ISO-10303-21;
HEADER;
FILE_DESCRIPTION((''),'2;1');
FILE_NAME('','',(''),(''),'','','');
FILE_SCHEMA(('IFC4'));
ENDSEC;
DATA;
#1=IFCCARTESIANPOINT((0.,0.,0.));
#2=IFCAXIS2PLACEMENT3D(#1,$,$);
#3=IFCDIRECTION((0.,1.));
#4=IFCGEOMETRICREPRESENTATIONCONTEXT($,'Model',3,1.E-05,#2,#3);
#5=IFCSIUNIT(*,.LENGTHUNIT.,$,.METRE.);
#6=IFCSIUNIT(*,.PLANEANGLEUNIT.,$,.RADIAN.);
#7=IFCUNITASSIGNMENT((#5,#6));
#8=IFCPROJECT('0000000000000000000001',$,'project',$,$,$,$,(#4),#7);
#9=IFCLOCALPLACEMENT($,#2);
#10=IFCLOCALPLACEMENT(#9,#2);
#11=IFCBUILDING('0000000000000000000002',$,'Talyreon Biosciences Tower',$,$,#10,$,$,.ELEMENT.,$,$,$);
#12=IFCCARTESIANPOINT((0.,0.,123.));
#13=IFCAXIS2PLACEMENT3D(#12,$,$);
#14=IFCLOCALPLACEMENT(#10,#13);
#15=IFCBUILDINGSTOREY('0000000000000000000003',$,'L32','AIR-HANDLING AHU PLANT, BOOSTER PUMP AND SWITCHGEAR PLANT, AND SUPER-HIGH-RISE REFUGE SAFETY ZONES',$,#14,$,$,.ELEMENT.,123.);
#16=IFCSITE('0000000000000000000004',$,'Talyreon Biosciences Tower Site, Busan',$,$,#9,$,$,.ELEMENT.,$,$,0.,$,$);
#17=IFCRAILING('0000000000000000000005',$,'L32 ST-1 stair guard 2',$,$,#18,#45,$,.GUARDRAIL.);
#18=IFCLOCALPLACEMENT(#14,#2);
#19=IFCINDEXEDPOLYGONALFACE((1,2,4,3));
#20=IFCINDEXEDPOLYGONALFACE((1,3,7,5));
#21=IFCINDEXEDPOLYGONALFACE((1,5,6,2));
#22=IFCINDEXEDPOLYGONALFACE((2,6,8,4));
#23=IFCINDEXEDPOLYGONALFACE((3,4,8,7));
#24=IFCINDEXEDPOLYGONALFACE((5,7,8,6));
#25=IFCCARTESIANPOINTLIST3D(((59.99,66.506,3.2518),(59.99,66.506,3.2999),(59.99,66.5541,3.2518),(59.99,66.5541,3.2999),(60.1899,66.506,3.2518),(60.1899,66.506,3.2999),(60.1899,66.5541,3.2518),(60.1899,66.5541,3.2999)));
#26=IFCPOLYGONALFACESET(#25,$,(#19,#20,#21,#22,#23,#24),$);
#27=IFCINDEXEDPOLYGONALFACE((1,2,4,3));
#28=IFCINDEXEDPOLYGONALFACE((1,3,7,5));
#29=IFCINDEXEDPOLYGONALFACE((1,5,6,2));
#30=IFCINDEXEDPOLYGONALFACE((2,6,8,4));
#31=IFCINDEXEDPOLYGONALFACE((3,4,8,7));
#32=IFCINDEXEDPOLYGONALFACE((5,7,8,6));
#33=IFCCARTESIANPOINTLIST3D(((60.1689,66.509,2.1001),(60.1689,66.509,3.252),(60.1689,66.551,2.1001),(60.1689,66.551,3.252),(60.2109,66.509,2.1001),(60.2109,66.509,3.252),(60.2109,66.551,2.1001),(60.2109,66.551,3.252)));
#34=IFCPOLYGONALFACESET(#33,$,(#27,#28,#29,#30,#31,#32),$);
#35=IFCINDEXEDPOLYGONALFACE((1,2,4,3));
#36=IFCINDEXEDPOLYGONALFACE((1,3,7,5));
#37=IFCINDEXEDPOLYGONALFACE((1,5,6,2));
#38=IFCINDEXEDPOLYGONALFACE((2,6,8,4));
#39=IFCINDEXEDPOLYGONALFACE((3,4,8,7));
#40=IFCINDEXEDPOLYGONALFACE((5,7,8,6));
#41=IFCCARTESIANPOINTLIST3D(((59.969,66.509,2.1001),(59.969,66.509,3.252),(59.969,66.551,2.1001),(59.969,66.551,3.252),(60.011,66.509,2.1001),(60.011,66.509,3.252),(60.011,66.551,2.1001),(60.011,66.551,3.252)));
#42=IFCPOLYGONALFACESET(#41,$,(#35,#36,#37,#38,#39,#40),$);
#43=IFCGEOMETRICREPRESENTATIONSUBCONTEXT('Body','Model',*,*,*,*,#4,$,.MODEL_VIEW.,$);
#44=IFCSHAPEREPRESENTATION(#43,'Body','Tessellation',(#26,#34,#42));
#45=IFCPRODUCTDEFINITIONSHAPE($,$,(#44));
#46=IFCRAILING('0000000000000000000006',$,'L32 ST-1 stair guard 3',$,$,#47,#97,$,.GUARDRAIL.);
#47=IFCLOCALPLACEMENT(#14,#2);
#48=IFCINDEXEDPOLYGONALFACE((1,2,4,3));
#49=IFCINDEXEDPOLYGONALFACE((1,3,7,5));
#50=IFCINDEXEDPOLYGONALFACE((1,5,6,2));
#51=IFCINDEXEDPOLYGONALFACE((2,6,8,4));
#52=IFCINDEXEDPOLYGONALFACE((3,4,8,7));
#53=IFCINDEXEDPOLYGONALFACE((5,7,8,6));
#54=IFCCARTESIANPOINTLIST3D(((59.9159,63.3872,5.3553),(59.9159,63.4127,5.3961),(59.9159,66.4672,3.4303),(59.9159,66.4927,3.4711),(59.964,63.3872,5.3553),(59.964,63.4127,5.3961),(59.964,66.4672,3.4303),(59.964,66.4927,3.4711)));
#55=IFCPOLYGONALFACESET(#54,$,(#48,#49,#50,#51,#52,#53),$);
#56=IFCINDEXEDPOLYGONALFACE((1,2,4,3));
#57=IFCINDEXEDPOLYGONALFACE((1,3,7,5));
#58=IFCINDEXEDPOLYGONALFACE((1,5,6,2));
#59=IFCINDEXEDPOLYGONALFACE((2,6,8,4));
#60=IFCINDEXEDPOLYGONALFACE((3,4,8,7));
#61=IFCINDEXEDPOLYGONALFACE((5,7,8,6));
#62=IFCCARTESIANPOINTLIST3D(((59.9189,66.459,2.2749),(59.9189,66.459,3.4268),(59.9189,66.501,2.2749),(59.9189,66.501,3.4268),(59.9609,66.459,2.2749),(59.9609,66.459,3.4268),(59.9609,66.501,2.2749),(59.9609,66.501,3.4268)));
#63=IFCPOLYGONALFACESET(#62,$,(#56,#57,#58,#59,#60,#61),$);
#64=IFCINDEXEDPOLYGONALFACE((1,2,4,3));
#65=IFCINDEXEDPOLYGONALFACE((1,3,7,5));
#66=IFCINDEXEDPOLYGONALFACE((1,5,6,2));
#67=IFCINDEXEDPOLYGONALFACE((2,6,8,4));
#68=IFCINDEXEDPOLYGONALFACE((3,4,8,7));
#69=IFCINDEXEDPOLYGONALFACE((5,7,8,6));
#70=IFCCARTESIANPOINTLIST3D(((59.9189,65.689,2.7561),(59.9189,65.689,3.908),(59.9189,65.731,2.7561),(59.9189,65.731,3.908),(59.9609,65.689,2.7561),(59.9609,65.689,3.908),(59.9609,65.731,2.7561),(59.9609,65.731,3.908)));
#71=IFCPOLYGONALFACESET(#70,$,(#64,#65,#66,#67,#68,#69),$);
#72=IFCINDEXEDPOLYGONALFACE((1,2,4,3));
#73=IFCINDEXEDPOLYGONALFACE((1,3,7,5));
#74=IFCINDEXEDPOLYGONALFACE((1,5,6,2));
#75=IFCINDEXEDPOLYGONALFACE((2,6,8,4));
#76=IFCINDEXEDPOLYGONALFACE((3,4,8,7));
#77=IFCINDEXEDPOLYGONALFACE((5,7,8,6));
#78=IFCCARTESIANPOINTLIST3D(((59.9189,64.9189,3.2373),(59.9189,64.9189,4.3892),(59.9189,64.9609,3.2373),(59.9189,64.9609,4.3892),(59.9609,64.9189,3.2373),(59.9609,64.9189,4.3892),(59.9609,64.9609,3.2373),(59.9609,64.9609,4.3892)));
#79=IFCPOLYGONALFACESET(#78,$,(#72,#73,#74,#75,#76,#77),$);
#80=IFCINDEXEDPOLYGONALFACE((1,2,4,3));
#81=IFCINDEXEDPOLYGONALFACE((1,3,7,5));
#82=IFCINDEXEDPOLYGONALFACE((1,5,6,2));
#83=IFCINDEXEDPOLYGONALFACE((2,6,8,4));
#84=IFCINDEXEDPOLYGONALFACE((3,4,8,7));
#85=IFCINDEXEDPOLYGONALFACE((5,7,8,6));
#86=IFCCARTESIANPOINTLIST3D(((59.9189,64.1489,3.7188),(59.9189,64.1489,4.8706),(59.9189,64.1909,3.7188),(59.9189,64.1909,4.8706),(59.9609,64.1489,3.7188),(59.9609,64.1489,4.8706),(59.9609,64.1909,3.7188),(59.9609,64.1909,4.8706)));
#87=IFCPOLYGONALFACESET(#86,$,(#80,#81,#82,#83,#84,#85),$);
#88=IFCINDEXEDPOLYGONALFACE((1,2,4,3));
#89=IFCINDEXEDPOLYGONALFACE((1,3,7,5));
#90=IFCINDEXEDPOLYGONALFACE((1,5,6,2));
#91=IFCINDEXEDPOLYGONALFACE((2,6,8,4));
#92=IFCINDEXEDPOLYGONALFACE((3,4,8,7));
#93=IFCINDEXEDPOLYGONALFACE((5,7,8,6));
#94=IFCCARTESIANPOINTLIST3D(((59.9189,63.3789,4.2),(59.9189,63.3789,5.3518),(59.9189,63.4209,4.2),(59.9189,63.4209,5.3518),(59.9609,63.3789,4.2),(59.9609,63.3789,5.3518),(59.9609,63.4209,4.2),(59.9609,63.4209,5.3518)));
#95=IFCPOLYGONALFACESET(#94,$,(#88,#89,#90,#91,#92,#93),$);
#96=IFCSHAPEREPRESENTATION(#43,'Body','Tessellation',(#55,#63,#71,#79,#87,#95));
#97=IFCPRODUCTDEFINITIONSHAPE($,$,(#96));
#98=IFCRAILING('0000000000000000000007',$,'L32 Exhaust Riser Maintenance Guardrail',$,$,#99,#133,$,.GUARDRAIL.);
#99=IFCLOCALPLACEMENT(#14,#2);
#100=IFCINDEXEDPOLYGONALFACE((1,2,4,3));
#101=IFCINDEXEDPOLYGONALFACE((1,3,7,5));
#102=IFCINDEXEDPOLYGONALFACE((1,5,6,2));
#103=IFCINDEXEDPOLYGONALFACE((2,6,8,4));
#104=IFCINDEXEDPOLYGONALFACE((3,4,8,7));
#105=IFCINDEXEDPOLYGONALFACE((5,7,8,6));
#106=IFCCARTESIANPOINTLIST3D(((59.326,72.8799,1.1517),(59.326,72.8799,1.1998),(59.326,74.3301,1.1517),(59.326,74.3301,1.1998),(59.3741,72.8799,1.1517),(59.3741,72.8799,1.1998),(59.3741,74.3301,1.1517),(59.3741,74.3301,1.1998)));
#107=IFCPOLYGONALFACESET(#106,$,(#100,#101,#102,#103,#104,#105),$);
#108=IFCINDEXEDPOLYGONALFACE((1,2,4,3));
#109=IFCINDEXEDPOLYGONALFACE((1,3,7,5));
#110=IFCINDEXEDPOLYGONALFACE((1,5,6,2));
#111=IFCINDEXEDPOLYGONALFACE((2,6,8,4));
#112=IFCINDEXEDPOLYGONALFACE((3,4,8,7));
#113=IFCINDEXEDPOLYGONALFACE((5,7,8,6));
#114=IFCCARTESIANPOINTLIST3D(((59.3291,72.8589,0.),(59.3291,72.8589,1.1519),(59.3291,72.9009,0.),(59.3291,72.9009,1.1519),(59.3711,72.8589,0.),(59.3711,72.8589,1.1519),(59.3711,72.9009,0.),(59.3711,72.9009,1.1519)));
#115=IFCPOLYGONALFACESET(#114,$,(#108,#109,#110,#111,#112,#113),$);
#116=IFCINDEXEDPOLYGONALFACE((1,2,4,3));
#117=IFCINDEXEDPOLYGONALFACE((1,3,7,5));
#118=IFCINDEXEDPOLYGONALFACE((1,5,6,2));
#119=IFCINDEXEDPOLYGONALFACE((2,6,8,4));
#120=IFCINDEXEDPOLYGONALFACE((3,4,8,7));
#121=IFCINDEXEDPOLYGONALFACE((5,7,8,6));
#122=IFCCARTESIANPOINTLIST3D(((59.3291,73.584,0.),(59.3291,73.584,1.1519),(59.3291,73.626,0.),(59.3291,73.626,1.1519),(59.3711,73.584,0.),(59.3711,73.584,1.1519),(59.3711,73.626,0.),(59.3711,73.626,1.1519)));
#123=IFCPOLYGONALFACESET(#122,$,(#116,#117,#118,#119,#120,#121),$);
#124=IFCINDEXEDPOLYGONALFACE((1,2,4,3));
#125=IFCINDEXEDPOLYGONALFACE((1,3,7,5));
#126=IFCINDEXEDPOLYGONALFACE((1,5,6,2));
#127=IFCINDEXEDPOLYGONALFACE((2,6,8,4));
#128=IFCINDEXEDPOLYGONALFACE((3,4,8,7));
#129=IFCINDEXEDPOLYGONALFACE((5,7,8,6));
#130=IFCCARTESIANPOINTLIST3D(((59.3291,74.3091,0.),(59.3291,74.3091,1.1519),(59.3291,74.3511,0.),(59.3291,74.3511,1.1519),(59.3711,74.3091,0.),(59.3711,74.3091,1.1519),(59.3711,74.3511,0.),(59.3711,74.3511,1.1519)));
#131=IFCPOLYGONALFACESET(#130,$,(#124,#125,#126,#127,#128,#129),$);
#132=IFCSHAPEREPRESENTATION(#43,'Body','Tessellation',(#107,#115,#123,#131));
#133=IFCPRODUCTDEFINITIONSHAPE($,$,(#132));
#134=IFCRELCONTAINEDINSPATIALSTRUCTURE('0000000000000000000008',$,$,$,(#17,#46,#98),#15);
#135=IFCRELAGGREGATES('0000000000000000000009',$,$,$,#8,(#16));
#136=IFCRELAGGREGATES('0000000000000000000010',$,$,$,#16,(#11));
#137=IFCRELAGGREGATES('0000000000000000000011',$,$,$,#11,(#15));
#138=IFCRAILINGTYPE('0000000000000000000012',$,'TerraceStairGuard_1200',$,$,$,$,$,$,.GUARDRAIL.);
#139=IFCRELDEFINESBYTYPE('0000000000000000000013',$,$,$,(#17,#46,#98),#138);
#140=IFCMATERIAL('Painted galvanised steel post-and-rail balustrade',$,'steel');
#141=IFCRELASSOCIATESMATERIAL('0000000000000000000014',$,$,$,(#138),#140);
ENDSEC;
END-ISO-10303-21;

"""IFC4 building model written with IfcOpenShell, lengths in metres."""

from ifc_helpers import new_model, si_unit, direction, frame, origin, origin_2d, place, context, subcontext, project, spatial, rectangle, extrude, material, type_object, element, save


model = new_model("IFC4")

# Units and contexts
model_context = context("Model", 3, precision=1e-05, world=origin(), true_north=direction((0.0, 1.0)))
body_context = subcontext(model_context, "Body", "Model", "MODEL_VIEW")
ifc_project = project(units=[si_unit("LENGTHUNIT", "METRE"), si_unit("PLANEANGLEUNIT", "RADIAN")], contexts=[model_context])

# Site, building, storey
site_placement = place(None, origin())
site = spatial("IfcSite", under=ifc_project, at=site_placement, Name="Talyreon Biosciences Tower Site, Busan", CompositionType="ELEMENT", RefElevation=0.0)
building_placement = place(site_placement, origin())
building = spatial("IfcBuilding", under=site, at=building_placement, Name="Talyreon Biosciences Tower", CompositionType="ELEMENT")
storey_placement = place(building_placement, frame((0.0, 0.0, 123.0)))
storey = spatial("IfcBuildingStorey", under=building, at=storey_placement, Name="L32", Description="AIR-HANDLING AHU PLANT, BOOSTER PUMP AND SWITCHGEAR PLANT, AND SUPER-HIGH-RISE REFUGE SAFETY ZONES", CompositionType="ELEMENT", Elevation=123.0)

# Railings
ifc_material_1 = material(Name="Painted galvanised steel post-and-rail balustrade", Category="steel")
railing_type = type_object("IfcRailingType", Name="TerraceStairGuard_1200", PredefinedType="GUARDRAIL", material=ifc_material_1)
railing_1_placement = place(storey_placement, frame((60.1899, 66.53, 2.1001)))
element("IfcRailing", 1, at=railing_1_placement, inside=storey, type_object=railing_type, Name="L32 ST-1 stair guard 2", PredefinedType="GUARDRAIL", context=body_context, shape_type="SweptSolid", body=[
    extrude(rectangle(XDim=0.0481, YDim=0.0481, at=origin_2d()), frame((0.0, 0.0, 1.1758), z_axis=(-1.0, 0.0, 0.0), x_axis=(0.0, -1.0, 0.0)), (0.0, 0.0, 1.0), 0.2),
    extrude(rectangle(XDim=0.042, YDim=0.042, at=origin_2d()), origin(), (0.0, 0.0, 1.0), 1.1519),
    extrude(rectangle(XDim=0.042, YDim=0.042, at=origin_2d()), frame((-0.2, 0.0, 0.0)), (0.0, 0.0, 1.0), 1.1519),
])
railing_2_placement = place(storey_placement, frame((59.9399, 66.48, 2.2749)))
element("IfcRailing", 2, at=railing_2_placement, inside=storey, type_object=railing_type, Name="L32 ST-1 stair guard 3", PredefinedType="GUARDRAIL", context=body_context, shape_type="SweptSolid", body=[
    extrude(rectangle(XDim=0.0481, YDim=0.0481, at=origin_2d()), frame((0.0, 0.0, 1.1758), z_axis=(0.0, -0.847998, 0.529999), x_axis=(1.0, 0.0, 0.0)), (0.0, 0.0, 1.0), 3.6321),
    extrude(rectangle(XDim=0.042, YDim=0.042, at=origin_2d()), origin(), (0.0, 0.0, 1.0), 1.1519),
    extrude(rectangle(XDim=0.042, YDim=0.042, at=origin_2d()), frame((0.0, -0.77, 0.4812)), (0.0, 0.0, 1.0), 1.1519),
    extrude(rectangle(XDim=0.042, YDim=0.042, at=origin_2d()), frame((0.0, -1.54, 0.9624)), (0.0, 0.0, 1.0), 1.1519),
    extrude(rectangle(XDim=0.042, YDim=0.042, at=origin_2d()), frame((0.0, -2.3101, 1.4438)), (0.0, 0.0, 1.0), 1.1519),
    extrude(rectangle(XDim=0.042, YDim=0.042, at=origin_2d()), frame((0.0, -3.0801, 1.925)), (0.0, 0.0, 1.0), 1.1519),
])
railing_3_placement = place(storey_placement, frame((59.3501, 72.8799, 0.0)))
element("IfcRailing", 3, at=railing_3_placement, inside=storey, type_object=railing_type, Name="L32 Exhaust Riser Maintenance Guardrail", PredefinedType="GUARDRAIL", context=body_context, shape_type="SweptSolid", body=[
    extrude(rectangle(XDim=0.0481, YDim=0.0481, at=origin_2d()), frame((0.0, 0.0, 1.1758), z_axis=(0.0, 1.0, 0.0), x_axis=(-1.0, 0.0, 0.0)), (0.0, 0.0, 1.0), 1.4502),
    extrude(rectangle(XDim=0.042, YDim=0.042, at=origin_2d()), origin(), (0.0, 0.0, 1.0), 1.1519),
    extrude(rectangle(XDim=0.042, YDim=0.042, at=origin_2d()), frame((0.0, 0.7251, 0.0)), (0.0, 0.0, 1.0), 1.1519),
    extrude(rectangle(XDim=0.042, YDim=0.042, at=origin_2d()), frame((0.0, 1.4502, 0.0)), (0.0, 0.0, 1.0), 1.1519),
])

save(model, "model.ifc")
